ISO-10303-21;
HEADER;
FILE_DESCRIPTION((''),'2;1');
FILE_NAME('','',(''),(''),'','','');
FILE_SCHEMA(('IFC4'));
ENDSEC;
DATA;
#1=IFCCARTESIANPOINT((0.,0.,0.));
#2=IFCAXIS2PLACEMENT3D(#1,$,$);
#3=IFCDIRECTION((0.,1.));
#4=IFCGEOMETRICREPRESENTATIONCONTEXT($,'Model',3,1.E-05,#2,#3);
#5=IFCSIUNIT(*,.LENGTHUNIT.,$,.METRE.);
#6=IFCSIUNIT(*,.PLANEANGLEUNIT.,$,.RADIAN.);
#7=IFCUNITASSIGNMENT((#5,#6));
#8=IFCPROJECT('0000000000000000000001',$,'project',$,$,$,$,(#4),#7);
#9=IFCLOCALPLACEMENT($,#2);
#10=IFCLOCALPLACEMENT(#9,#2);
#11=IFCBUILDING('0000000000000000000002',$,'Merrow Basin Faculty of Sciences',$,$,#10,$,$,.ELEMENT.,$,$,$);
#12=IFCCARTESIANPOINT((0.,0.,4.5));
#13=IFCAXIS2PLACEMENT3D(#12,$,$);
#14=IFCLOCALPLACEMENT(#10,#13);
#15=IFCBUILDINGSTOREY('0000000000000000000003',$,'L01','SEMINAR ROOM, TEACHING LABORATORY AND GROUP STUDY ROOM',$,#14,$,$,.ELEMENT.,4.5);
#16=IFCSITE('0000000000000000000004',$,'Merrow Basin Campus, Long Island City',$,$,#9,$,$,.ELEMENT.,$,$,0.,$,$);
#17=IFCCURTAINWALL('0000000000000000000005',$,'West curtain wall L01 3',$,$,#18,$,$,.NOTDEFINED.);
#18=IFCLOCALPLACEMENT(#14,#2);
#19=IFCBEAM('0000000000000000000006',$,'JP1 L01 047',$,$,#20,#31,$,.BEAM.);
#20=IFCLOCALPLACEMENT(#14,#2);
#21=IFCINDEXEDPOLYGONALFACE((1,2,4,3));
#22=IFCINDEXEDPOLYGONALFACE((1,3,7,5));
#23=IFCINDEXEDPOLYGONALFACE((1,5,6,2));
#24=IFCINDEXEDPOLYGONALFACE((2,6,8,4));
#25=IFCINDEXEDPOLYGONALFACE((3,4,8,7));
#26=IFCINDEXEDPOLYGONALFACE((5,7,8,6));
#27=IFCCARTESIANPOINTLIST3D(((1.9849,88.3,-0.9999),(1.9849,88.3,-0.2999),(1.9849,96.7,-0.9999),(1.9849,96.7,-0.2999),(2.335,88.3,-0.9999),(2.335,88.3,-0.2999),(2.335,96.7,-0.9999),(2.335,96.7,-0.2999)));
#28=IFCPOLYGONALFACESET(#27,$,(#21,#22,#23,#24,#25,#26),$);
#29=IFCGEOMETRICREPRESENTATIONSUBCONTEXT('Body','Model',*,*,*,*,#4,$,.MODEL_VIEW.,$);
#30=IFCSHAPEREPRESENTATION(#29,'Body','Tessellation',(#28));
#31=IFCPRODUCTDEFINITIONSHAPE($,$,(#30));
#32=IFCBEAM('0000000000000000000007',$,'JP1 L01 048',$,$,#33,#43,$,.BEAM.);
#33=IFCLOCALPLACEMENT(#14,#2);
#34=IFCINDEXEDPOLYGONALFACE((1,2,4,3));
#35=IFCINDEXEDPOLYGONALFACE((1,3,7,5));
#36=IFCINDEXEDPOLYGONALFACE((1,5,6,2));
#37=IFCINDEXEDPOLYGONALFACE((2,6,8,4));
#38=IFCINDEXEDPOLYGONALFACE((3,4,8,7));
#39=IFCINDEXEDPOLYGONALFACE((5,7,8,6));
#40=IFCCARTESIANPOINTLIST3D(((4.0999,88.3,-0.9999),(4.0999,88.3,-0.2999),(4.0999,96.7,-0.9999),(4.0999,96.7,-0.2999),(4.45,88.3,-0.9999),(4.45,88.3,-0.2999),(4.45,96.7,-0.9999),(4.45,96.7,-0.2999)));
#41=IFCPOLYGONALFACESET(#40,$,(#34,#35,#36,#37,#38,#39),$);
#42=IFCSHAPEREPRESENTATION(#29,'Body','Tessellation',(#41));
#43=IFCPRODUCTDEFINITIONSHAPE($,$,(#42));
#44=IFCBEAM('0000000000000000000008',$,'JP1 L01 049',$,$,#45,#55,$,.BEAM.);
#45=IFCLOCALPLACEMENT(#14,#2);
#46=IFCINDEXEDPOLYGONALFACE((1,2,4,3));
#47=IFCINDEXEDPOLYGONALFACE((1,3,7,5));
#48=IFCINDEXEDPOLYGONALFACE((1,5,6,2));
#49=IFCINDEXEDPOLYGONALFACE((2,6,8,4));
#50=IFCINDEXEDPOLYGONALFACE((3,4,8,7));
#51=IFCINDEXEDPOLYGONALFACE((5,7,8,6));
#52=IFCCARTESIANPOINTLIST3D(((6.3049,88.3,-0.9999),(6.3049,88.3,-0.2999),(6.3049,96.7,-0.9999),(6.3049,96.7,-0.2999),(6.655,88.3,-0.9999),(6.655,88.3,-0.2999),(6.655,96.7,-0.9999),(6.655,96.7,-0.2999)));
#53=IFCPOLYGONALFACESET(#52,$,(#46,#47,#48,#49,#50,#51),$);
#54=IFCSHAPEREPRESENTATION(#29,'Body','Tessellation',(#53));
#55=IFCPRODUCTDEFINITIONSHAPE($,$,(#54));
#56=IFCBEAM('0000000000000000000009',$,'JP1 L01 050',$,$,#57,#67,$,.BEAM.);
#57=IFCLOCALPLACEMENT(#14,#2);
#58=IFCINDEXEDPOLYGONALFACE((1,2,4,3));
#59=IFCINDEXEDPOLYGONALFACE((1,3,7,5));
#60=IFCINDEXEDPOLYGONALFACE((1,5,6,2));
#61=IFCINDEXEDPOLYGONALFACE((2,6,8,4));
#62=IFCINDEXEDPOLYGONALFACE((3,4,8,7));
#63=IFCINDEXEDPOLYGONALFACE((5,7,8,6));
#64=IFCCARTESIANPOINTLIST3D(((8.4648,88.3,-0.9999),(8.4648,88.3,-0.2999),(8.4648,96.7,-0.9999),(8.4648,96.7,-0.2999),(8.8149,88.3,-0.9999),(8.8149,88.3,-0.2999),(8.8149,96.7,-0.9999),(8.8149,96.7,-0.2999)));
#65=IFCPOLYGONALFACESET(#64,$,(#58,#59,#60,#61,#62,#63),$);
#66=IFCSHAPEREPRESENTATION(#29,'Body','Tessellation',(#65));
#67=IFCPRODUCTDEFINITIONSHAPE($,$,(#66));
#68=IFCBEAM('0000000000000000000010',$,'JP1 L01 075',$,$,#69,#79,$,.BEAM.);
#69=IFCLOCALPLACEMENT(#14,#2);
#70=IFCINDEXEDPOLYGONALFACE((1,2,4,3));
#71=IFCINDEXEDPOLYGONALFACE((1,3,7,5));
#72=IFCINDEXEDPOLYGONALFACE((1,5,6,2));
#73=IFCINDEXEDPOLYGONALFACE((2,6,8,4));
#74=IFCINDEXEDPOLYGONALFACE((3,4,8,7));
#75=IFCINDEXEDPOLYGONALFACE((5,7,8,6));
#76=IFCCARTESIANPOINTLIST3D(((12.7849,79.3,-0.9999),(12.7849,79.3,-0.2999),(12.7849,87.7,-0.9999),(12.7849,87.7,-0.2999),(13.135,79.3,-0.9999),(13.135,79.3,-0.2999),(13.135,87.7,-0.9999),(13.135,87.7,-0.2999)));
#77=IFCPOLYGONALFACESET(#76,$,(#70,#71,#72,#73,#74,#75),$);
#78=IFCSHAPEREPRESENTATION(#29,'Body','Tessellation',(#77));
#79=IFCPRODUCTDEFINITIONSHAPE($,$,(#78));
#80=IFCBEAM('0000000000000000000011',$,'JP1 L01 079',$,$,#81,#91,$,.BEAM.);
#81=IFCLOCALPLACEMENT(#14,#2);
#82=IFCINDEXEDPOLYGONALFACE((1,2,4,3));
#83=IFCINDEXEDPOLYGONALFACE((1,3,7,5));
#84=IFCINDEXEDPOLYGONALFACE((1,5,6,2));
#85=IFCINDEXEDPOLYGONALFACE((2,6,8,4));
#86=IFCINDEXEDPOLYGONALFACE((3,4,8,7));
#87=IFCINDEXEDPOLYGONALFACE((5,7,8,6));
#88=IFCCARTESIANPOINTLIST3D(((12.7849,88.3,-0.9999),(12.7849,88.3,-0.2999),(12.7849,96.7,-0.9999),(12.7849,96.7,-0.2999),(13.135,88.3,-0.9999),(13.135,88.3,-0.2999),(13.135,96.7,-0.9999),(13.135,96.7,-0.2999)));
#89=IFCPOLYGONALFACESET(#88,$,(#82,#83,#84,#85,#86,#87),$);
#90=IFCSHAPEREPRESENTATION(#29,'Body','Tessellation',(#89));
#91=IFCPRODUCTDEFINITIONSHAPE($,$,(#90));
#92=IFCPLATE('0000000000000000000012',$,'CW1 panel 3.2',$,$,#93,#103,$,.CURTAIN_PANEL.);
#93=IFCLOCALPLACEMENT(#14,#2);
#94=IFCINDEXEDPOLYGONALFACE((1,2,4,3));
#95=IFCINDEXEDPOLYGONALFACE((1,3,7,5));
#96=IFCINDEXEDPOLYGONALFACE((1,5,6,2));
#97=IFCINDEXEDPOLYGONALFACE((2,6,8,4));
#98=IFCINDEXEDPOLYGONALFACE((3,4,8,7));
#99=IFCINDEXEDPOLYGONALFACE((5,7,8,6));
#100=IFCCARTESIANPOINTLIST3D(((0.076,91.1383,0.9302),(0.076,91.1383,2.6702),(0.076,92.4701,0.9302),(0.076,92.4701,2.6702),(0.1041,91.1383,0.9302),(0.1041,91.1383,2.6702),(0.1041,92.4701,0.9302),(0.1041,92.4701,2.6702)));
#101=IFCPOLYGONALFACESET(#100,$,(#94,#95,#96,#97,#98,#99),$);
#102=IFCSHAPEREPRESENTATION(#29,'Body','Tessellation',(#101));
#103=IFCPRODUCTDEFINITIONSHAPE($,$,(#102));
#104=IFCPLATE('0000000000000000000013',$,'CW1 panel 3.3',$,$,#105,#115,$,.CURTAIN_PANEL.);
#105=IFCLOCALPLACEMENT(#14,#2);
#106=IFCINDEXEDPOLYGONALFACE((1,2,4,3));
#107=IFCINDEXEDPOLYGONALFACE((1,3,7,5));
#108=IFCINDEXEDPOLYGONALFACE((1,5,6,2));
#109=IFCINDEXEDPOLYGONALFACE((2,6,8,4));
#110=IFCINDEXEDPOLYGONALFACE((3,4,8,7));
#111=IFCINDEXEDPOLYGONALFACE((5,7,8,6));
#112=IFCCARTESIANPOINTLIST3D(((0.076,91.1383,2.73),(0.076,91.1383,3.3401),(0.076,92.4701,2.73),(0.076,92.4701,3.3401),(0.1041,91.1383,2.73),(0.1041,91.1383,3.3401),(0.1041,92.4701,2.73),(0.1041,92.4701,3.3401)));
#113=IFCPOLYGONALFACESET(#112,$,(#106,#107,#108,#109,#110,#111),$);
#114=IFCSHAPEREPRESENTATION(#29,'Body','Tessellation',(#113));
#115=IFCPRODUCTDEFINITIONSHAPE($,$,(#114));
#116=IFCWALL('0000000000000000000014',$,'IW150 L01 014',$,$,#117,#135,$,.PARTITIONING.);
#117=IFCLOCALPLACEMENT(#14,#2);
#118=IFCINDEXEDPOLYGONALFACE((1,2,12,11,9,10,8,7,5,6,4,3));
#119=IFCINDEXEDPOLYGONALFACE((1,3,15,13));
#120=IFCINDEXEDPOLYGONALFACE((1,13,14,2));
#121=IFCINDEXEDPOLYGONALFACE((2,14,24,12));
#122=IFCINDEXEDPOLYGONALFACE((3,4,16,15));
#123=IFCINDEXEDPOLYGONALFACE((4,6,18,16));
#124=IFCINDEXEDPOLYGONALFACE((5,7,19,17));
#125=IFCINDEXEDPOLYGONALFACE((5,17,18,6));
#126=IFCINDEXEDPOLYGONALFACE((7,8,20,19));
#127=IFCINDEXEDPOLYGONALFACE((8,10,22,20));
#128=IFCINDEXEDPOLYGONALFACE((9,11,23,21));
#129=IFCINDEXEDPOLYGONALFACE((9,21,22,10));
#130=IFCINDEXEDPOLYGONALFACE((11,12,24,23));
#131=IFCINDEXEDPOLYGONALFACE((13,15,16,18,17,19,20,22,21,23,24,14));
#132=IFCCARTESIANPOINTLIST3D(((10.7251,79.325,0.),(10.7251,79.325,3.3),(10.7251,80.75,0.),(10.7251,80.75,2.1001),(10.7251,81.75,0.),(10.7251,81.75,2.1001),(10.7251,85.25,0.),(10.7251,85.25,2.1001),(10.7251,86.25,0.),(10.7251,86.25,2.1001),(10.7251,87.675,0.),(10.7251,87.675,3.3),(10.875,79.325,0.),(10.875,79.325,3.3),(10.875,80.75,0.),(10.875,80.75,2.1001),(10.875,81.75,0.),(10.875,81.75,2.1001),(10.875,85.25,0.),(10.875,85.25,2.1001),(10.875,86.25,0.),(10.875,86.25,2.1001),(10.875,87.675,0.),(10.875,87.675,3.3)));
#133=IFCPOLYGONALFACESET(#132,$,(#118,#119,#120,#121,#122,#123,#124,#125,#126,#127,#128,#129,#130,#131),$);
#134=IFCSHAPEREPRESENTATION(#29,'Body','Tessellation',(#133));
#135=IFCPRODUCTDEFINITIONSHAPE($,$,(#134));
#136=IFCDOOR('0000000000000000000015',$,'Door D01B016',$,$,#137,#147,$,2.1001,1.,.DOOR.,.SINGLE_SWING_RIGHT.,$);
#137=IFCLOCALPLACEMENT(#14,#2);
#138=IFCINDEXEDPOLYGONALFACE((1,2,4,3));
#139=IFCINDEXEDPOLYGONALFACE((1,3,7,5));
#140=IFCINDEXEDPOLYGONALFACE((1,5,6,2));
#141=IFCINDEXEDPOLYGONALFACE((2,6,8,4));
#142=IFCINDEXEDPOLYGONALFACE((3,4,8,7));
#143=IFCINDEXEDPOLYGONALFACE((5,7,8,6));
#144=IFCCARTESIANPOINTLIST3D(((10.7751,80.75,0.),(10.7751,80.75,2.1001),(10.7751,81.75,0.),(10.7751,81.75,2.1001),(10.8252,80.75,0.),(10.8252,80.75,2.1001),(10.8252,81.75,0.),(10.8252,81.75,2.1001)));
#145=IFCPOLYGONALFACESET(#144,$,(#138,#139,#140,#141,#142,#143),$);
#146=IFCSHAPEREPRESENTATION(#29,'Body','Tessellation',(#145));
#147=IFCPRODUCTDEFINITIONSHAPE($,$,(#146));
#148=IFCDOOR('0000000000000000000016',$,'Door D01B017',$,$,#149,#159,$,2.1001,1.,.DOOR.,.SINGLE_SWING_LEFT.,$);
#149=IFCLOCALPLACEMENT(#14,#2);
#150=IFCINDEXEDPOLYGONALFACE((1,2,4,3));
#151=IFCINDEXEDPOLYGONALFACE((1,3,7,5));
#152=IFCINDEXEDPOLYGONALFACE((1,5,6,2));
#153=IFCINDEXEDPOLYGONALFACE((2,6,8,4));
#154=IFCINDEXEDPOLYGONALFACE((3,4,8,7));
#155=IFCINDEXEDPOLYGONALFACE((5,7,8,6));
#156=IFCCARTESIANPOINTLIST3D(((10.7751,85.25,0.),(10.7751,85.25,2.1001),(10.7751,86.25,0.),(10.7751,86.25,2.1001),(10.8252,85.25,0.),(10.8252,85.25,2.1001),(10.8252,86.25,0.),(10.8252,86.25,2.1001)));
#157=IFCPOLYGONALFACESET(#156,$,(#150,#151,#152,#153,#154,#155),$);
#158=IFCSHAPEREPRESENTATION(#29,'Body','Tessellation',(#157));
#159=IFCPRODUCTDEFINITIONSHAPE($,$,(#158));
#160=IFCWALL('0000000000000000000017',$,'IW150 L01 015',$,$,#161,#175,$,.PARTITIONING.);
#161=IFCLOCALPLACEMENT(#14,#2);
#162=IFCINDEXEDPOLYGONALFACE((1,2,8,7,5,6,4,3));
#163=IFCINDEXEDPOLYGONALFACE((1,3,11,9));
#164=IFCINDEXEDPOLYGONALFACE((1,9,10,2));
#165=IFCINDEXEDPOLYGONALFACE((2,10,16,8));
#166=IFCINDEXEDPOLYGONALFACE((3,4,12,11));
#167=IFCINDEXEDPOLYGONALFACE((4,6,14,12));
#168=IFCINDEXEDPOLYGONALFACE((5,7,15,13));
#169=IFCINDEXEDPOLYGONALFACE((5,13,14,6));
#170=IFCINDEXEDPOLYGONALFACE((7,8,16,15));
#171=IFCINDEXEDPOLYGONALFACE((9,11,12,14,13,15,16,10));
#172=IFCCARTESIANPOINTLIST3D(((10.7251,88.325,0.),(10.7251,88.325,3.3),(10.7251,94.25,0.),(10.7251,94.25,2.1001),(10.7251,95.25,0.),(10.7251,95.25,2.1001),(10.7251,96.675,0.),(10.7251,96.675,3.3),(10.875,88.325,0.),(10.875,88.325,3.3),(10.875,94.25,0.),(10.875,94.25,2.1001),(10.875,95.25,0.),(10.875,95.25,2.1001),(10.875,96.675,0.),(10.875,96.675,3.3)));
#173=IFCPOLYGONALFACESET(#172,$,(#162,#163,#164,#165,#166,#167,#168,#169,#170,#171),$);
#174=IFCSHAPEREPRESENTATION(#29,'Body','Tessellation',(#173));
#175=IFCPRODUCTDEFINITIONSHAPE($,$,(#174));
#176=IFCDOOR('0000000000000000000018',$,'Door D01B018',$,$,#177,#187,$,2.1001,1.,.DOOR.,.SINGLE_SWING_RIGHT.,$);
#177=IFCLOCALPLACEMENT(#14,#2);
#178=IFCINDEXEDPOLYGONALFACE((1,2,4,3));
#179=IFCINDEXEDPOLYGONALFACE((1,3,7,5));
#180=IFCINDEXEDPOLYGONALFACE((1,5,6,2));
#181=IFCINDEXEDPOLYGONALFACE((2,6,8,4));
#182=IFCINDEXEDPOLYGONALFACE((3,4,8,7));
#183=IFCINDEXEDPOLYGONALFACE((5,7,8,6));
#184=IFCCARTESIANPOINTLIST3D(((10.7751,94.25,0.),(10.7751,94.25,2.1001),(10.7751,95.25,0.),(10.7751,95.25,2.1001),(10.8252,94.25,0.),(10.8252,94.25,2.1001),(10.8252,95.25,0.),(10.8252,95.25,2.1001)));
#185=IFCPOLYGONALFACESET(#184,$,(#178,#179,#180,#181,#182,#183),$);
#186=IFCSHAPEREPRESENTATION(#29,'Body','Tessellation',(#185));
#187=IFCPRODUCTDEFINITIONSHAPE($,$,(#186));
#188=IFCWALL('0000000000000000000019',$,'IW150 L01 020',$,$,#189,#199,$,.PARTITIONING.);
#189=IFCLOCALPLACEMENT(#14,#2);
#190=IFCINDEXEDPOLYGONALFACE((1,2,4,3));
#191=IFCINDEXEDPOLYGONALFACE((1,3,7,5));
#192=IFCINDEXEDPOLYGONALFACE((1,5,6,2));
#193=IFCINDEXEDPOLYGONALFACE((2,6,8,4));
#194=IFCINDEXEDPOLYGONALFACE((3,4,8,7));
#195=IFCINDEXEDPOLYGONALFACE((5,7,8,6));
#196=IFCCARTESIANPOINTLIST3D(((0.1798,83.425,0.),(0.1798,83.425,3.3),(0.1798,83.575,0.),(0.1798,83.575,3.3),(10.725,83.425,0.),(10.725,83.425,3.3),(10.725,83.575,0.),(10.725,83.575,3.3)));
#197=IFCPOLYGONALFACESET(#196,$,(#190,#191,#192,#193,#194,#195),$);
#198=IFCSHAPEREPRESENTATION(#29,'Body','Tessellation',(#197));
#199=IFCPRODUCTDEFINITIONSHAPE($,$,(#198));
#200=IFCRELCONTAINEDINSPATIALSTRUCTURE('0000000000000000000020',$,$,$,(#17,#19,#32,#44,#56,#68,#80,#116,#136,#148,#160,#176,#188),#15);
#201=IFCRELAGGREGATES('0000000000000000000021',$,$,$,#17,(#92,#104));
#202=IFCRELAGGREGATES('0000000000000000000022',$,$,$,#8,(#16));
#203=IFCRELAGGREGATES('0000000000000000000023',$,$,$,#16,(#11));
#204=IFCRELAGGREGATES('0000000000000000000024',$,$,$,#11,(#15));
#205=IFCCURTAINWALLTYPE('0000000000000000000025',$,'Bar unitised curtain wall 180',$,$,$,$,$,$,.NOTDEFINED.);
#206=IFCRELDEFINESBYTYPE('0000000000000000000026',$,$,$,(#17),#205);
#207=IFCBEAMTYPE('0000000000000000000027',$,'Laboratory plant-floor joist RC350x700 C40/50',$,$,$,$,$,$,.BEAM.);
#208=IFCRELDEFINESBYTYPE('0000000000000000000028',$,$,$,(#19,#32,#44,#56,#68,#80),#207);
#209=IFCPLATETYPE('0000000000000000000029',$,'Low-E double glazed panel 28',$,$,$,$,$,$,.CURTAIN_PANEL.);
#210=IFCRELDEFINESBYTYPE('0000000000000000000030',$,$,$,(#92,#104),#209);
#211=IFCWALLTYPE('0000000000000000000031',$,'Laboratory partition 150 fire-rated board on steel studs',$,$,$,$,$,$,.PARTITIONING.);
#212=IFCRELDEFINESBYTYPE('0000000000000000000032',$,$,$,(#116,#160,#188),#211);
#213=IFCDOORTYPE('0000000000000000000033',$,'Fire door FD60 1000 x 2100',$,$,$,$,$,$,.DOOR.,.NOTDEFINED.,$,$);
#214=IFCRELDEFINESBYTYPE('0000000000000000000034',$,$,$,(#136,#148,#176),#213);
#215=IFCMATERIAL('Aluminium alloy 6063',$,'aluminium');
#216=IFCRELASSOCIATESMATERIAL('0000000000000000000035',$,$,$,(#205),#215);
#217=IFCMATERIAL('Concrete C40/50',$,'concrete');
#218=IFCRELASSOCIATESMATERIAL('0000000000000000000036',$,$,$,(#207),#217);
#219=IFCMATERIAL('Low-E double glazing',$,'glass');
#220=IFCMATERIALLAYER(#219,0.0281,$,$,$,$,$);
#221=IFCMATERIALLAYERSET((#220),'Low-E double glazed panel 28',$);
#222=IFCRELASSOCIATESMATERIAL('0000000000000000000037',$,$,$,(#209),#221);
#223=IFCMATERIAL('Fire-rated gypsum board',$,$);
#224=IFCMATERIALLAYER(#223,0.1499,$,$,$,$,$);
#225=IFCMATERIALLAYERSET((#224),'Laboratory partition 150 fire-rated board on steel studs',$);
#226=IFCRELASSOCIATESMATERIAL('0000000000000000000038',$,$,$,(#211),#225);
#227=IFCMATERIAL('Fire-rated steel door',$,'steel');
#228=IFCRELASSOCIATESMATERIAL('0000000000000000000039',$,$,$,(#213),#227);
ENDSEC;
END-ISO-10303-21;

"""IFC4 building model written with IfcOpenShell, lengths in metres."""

from ifc_helpers import new_model, si_unit, direction, frame, frame_2d, origin, origin_2d, place, context, subcontext, project, spatial, rectangle, extrude, material, layer, layer_set, material_profile, profile_set, type_object, element, fill, aggregate, save


model = new_model("IFC4")

# Units and contexts
model_context = context("Model", 3, precision=1e-05, world=origin(), true_north=direction((0.0, 1.0)))
body_context = subcontext(model_context, "Body", "Model", "MODEL_VIEW")
ifc_project = project(units=[si_unit("LENGTHUNIT", "METRE"), si_unit("PLANEANGLEUNIT", "RADIAN")], contexts=[model_context])

# Site, building, storey
site_placement = place(None, origin())
site = spatial("IfcSite", under=ifc_project, at=site_placement, Name="Merrow Basin Campus, Long Island City", CompositionType="ELEMENT", RefElevation=0.0)
building_placement = place(site_placement, origin())
building = spatial("IfcBuilding", under=site, at=building_placement, Name="Merrow Basin Faculty of Sciences", CompositionType="ELEMENT")
storey_placement = place(building_placement, frame((0.0, 0.0, 4.5)))
storey = spatial("IfcBuildingStorey", under=building, at=storey_placement, Name="L01", Description="SEMINAR ROOM, TEACHING LABORATORY AND GROUP STUDY ROOM", CompositionType="ELEMENT", Elevation=4.5)

# Curtain wall
ifc_material_1 = material(Name="Aluminium alloy 6063", Category="aluminium")
curtain_wall_type = type_object("IfcCurtainWallType", Name="Bar unitised curtain wall 180", PredefinedType="NOTDEFINED", material=ifc_material_1)
curtain_wall_placement = place(storey_placement, origin())
curtain_wall = element("IfcCurtainWall", 1, at=curtain_wall_placement, inside=storey, type_object=curtain_wall_type, Name="West curtain wall L01 3", PredefinedType="NOTDEFINED")

# Beams
ifc_material_2 = material(Name="Concrete C40/50", Category="concrete")
ifc_material_profile_1 = material_profile(ifc_material_2, rectangle(XDim=0.3501, YDim=0.7, at=origin_2d()))
ifc_profile_set_1 = profile_set([ifc_material_profile_1], Name="Concrete C40/50")
beam_type_1 = type_object("IfcBeamType", Name="Laboratory plant-floor joist RC350x700 C40/50", PredefinedType="BEAM", material=ifc_profile_set_1)
for number, where, z_axis, x_axis, name in (
    (2, (2.1599, 88.3, -0.6499), (0.0, 1.0, 0.0), (-1.0, 0.0, 0.0), "JP1 L01 047"),
    (3, (4.2749, 88.3, -0.6499), (0.0, 1.0, 0.0), (-1.0, 0.0, 0.0), "JP1 L01 048"),
    (4, (6.48, 88.3, -0.6499), (0.0, 1.0, 0.0), (-1.0, 0.0, 0.0), "JP1 L01 049"),
    (5, (8.6399, 88.3, -0.6499), (0.0, 1.0, 0.0), (-1.0, 0.0, 0.0), "JP1 L01 050"),
    (6, (12.96, 79.3, -0.6499), (0.0, 1.0, 0.0), (-1.0, 0.0, 0.0), "JP1 L01 075"),
    (7, (12.96, 88.3, -0.6499), (0.0, 1.0, 0.0), (-1.0, 0.0, 0.0), "JP1 L01 079"),
):
    element("IfcBeam", number, at=place(storey_placement, frame(where, z_axis=z_axis, x_axis=x_axis)), inside=storey, type_object=beam_type_1, Name=name, PredefinedType="BEAM", context=body_context, shape_type="SweptSolid", body=[
        extrude(rectangle(XDim=0.3501, YDim=0.7, at=origin_2d()), origin(), (0.0, 0.0, 1.0), 8.3999),
    ])

# Plates
ifc_material_3 = material(Name="Low-E double glazing", Category="glass")
ifc_layer_1 = layer(ifc_material_3, 0.0281)
ifc_layer_set_1 = layer_set([ifc_layer_1], Name="Low-E double glazed panel 28")
plate_type = type_object("IfcPlateType", Name="Low-E double glazed panel 28", PredefinedType="CURTAIN_PANEL", material=ifc_layer_set_1)
plate_1_placement = place(storey_placement, frame((0.0901, 91.8042, 0.9302), z_axis=(0.0, 0.0, 1.0), x_axis=(0.0, 1.0, 0.0)))
plate_1 = element("IfcPlate", 8, at=plate_1_placement, type_object=plate_type, Name="CW1 panel 3.2", PredefinedType="CURTAIN_PANEL", context=body_context, shape_type="SweptSolid", body=[
    extrude(rectangle(XDim=1.3318, YDim=0.0281, at=origin_2d()), origin(), (0.0, 0.0, 1.0), 1.74),
])
plate_2_placement = place(storey_placement, frame((0.0901, 91.8042, 2.73), z_axis=(0.0, 0.0, 1.0), x_axis=(0.0, 1.0, 0.0)))
plate_2 = element("IfcPlate", 9, at=plate_2_placement, type_object=plate_type, Name="CW1 panel 3.3", PredefinedType="CURTAIN_PANEL", context=body_context, shape_type="SweptSolid", body=[
    extrude(rectangle(XDim=1.3318, YDim=0.0281, at=origin_2d()), origin(), (0.0, 0.0, 1.0), 0.6101),
])
aggregate(curtain_wall, [plate_1, plate_2])

# Wall, openings, doors
ifc_material_4 = material(Name="Fire-rated gypsum board")
ifc_layer_2 = layer(ifc_material_4, 0.1499)
ifc_layer_set_2 = layer_set([ifc_layer_2], Name="Laboratory partition 150 fire-rated board on steel studs")
wall_type_1 = type_object("IfcWallType", Name="Laboratory partition 150 fire-rated board on steel studs", PredefinedType="PARTITIONING", material=ifc_layer_set_2)
wall_1_placement = place(storey_placement, frame((10.8, 79.325, 0.0), z_axis=(0.0, 0.0, 1.0), x_axis=(0.0, 1.0, 0.0)))
wall_1 = element("IfcWall", 10, at=wall_1_placement, inside=storey, type_object=wall_type_1, Name="IW150 L01 014", PredefinedType="PARTITIONING", context=body_context, shape_type="SweptSolid", body=[
    extrude(rectangle(XDim=8.3501, YDim=0.1499, at=frame_2d((4.175, 0.0))), origin(), (0.0, 0.0, 1.0), 3.3),
])
opening_1_placement = place(wall_1_placement, frame((1.425, 0.0, 0.0)))
opening_1 = element("IfcOpeningElement", 11, at=opening_1_placement, cuts=wall_1, PredefinedType="OPENING", context=body_context, shape_type="SweptSolid", body=[
    extrude(rectangle(XDim=1.0, YDim=2.1001, at=frame_2d((0.5, 1.05))), frame((0.0, 0.085, 0.0), z_axis=(0.0, -1.0, 0.0), x_axis=(1.0, 0.0, 0.0)), (0.0, 0.0, 1.0), 0.1699),
])
opening_2_placement = place(wall_1_placement, frame((5.925, 0.0, 0.0)))
opening_2 = element("IfcOpeningElement", 12, at=opening_2_placement, cuts=wall_1, PredefinedType="OPENING", context=body_context, shape_type="SweptSolid", body=[
    extrude(rectangle(XDim=1.0, YDim=2.1001, at=frame_2d((0.5, 1.05))), frame((0.0, 0.085, 0.0), z_axis=(0.0, -1.0, 0.0), x_axis=(1.0, 0.0, 0.0)), (0.0, 0.0, 1.0), 0.1699),
])
ifc_material_5 = material(Name="Fire-rated steel door", Category="steel")
door_type = type_object("IfcDoorType", Name="Fire door FD60 1000 x 2100", OperationType="NOTDEFINED", PredefinedType="DOOR", material=ifc_material_5)
door_1_placement = place(opening_1_placement, origin())
door_1 = element("IfcDoor", 13, at=door_1_placement, inside=storey, type_object=door_type, Name="Door D01B016", OperationType="SINGLE_SWING_RIGHT", OverallHeight=2.1001, OverallWidth=1.0, PredefinedType="DOOR", context=body_context, shape_type="SweptSolid", body=[
    extrude(rectangle(XDim=1.0, YDim=2.1001, at=frame_2d((0.5, 1.05))), frame((0.0, 0.0249, 0.0), z_axis=(0.0, -1.0, 0.0), x_axis=(1.0, 0.0, 0.0)), (0.0, 0.0, 1.0), 0.05),
])
fill(opening_1, door_1)
door_2_placement = place(opening_2_placement, origin())
door_2 = element("IfcDoor", 14, at=door_2_placement, inside=storey, type_object=door_type, Name="Door D01B017", OperationType="SINGLE_SWING_LEFT", OverallHeight=2.1001, OverallWidth=1.0, PredefinedType="DOOR", context=body_context, shape_type="SweptSolid", body=[
    extrude(rectangle(XDim=1.0, YDim=2.1001, at=frame_2d((0.5, 1.05))), frame((0.0, 0.0249, 0.0), z_axis=(0.0, -1.0, 0.0), x_axis=(1.0, 0.0, 0.0)), (0.0, 0.0, 1.0), 0.05),
])
fill(opening_2, door_2)

# Wall, opening, door
wall_2_placement = place(storey_placement, frame((10.8, 88.325, 0.0), z_axis=(0.0, 0.0, 1.0), x_axis=(0.0, 1.0, 0.0)))
wall_2 = element("IfcWall", 15, at=wall_2_placement, inside=storey, type_object=wall_type_1, Name="IW150 L01 015", PredefinedType="PARTITIONING", context=body_context, shape_type="SweptSolid", body=[
    extrude(rectangle(XDim=8.3501, YDim=0.1499, at=frame_2d((4.175, 0.0))), origin(), (0.0, 0.0, 1.0), 3.3),
])
opening_3_placement = place(wall_2_placement, frame((5.925, 0.0, 0.0)))
opening_3 = element("IfcOpeningElement", 16, at=opening_3_placement, cuts=wall_2, PredefinedType="OPENING", context=body_context, shape_type="SweptSolid", body=[
    extrude(rectangle(XDim=1.0, YDim=2.1001, at=frame_2d((0.5, 1.05))), frame((0.0, 0.085, 0.0), z_axis=(0.0, -1.0, 0.0), x_axis=(1.0, 0.0, 0.0)), (0.0, 0.0, 1.0), 0.1699),
])
door_3_placement = place(opening_3_placement, origin())
door_3 = element("IfcDoor", 17, at=door_3_placement, inside=storey, type_object=door_type, Name="Door D01B018", OperationType="SINGLE_SWING_RIGHT", OverallHeight=2.1001, OverallWidth=1.0, PredefinedType="DOOR", context=body_context, shape_type="SweptSolid", body=[
    extrude(rectangle(XDim=1.0, YDim=2.1001, at=frame_2d((0.5, 1.05))), frame((0.0, 0.0249, 0.0), z_axis=(0.0, -1.0, 0.0), x_axis=(1.0, 0.0, 0.0)), (0.0, 0.0, 1.0), 0.05),
])
fill(opening_3, door_3)

# Wall
wall_3_placement = place(storey_placement, frame((0.1799, 83.5, 0.0), z_axis=(0.0, 0.0, 1.0), x_axis=(1.0, 0.0, 0.0)))
element("IfcWall", 18, at=wall_3_placement, inside=storey, type_object=wall_type_1, Name="IW150 L01 020", PredefinedType="PARTITIONING", context=body_context, shape_type="SweptSolid", body=[
    extrude(rectangle(XDim=10.5452, YDim=0.1499, at=frame_2d((5.2725, 0.0))), origin(), (0.0, 0.0, 1.0), 3.3),
])

save(model, "model.ifc")
